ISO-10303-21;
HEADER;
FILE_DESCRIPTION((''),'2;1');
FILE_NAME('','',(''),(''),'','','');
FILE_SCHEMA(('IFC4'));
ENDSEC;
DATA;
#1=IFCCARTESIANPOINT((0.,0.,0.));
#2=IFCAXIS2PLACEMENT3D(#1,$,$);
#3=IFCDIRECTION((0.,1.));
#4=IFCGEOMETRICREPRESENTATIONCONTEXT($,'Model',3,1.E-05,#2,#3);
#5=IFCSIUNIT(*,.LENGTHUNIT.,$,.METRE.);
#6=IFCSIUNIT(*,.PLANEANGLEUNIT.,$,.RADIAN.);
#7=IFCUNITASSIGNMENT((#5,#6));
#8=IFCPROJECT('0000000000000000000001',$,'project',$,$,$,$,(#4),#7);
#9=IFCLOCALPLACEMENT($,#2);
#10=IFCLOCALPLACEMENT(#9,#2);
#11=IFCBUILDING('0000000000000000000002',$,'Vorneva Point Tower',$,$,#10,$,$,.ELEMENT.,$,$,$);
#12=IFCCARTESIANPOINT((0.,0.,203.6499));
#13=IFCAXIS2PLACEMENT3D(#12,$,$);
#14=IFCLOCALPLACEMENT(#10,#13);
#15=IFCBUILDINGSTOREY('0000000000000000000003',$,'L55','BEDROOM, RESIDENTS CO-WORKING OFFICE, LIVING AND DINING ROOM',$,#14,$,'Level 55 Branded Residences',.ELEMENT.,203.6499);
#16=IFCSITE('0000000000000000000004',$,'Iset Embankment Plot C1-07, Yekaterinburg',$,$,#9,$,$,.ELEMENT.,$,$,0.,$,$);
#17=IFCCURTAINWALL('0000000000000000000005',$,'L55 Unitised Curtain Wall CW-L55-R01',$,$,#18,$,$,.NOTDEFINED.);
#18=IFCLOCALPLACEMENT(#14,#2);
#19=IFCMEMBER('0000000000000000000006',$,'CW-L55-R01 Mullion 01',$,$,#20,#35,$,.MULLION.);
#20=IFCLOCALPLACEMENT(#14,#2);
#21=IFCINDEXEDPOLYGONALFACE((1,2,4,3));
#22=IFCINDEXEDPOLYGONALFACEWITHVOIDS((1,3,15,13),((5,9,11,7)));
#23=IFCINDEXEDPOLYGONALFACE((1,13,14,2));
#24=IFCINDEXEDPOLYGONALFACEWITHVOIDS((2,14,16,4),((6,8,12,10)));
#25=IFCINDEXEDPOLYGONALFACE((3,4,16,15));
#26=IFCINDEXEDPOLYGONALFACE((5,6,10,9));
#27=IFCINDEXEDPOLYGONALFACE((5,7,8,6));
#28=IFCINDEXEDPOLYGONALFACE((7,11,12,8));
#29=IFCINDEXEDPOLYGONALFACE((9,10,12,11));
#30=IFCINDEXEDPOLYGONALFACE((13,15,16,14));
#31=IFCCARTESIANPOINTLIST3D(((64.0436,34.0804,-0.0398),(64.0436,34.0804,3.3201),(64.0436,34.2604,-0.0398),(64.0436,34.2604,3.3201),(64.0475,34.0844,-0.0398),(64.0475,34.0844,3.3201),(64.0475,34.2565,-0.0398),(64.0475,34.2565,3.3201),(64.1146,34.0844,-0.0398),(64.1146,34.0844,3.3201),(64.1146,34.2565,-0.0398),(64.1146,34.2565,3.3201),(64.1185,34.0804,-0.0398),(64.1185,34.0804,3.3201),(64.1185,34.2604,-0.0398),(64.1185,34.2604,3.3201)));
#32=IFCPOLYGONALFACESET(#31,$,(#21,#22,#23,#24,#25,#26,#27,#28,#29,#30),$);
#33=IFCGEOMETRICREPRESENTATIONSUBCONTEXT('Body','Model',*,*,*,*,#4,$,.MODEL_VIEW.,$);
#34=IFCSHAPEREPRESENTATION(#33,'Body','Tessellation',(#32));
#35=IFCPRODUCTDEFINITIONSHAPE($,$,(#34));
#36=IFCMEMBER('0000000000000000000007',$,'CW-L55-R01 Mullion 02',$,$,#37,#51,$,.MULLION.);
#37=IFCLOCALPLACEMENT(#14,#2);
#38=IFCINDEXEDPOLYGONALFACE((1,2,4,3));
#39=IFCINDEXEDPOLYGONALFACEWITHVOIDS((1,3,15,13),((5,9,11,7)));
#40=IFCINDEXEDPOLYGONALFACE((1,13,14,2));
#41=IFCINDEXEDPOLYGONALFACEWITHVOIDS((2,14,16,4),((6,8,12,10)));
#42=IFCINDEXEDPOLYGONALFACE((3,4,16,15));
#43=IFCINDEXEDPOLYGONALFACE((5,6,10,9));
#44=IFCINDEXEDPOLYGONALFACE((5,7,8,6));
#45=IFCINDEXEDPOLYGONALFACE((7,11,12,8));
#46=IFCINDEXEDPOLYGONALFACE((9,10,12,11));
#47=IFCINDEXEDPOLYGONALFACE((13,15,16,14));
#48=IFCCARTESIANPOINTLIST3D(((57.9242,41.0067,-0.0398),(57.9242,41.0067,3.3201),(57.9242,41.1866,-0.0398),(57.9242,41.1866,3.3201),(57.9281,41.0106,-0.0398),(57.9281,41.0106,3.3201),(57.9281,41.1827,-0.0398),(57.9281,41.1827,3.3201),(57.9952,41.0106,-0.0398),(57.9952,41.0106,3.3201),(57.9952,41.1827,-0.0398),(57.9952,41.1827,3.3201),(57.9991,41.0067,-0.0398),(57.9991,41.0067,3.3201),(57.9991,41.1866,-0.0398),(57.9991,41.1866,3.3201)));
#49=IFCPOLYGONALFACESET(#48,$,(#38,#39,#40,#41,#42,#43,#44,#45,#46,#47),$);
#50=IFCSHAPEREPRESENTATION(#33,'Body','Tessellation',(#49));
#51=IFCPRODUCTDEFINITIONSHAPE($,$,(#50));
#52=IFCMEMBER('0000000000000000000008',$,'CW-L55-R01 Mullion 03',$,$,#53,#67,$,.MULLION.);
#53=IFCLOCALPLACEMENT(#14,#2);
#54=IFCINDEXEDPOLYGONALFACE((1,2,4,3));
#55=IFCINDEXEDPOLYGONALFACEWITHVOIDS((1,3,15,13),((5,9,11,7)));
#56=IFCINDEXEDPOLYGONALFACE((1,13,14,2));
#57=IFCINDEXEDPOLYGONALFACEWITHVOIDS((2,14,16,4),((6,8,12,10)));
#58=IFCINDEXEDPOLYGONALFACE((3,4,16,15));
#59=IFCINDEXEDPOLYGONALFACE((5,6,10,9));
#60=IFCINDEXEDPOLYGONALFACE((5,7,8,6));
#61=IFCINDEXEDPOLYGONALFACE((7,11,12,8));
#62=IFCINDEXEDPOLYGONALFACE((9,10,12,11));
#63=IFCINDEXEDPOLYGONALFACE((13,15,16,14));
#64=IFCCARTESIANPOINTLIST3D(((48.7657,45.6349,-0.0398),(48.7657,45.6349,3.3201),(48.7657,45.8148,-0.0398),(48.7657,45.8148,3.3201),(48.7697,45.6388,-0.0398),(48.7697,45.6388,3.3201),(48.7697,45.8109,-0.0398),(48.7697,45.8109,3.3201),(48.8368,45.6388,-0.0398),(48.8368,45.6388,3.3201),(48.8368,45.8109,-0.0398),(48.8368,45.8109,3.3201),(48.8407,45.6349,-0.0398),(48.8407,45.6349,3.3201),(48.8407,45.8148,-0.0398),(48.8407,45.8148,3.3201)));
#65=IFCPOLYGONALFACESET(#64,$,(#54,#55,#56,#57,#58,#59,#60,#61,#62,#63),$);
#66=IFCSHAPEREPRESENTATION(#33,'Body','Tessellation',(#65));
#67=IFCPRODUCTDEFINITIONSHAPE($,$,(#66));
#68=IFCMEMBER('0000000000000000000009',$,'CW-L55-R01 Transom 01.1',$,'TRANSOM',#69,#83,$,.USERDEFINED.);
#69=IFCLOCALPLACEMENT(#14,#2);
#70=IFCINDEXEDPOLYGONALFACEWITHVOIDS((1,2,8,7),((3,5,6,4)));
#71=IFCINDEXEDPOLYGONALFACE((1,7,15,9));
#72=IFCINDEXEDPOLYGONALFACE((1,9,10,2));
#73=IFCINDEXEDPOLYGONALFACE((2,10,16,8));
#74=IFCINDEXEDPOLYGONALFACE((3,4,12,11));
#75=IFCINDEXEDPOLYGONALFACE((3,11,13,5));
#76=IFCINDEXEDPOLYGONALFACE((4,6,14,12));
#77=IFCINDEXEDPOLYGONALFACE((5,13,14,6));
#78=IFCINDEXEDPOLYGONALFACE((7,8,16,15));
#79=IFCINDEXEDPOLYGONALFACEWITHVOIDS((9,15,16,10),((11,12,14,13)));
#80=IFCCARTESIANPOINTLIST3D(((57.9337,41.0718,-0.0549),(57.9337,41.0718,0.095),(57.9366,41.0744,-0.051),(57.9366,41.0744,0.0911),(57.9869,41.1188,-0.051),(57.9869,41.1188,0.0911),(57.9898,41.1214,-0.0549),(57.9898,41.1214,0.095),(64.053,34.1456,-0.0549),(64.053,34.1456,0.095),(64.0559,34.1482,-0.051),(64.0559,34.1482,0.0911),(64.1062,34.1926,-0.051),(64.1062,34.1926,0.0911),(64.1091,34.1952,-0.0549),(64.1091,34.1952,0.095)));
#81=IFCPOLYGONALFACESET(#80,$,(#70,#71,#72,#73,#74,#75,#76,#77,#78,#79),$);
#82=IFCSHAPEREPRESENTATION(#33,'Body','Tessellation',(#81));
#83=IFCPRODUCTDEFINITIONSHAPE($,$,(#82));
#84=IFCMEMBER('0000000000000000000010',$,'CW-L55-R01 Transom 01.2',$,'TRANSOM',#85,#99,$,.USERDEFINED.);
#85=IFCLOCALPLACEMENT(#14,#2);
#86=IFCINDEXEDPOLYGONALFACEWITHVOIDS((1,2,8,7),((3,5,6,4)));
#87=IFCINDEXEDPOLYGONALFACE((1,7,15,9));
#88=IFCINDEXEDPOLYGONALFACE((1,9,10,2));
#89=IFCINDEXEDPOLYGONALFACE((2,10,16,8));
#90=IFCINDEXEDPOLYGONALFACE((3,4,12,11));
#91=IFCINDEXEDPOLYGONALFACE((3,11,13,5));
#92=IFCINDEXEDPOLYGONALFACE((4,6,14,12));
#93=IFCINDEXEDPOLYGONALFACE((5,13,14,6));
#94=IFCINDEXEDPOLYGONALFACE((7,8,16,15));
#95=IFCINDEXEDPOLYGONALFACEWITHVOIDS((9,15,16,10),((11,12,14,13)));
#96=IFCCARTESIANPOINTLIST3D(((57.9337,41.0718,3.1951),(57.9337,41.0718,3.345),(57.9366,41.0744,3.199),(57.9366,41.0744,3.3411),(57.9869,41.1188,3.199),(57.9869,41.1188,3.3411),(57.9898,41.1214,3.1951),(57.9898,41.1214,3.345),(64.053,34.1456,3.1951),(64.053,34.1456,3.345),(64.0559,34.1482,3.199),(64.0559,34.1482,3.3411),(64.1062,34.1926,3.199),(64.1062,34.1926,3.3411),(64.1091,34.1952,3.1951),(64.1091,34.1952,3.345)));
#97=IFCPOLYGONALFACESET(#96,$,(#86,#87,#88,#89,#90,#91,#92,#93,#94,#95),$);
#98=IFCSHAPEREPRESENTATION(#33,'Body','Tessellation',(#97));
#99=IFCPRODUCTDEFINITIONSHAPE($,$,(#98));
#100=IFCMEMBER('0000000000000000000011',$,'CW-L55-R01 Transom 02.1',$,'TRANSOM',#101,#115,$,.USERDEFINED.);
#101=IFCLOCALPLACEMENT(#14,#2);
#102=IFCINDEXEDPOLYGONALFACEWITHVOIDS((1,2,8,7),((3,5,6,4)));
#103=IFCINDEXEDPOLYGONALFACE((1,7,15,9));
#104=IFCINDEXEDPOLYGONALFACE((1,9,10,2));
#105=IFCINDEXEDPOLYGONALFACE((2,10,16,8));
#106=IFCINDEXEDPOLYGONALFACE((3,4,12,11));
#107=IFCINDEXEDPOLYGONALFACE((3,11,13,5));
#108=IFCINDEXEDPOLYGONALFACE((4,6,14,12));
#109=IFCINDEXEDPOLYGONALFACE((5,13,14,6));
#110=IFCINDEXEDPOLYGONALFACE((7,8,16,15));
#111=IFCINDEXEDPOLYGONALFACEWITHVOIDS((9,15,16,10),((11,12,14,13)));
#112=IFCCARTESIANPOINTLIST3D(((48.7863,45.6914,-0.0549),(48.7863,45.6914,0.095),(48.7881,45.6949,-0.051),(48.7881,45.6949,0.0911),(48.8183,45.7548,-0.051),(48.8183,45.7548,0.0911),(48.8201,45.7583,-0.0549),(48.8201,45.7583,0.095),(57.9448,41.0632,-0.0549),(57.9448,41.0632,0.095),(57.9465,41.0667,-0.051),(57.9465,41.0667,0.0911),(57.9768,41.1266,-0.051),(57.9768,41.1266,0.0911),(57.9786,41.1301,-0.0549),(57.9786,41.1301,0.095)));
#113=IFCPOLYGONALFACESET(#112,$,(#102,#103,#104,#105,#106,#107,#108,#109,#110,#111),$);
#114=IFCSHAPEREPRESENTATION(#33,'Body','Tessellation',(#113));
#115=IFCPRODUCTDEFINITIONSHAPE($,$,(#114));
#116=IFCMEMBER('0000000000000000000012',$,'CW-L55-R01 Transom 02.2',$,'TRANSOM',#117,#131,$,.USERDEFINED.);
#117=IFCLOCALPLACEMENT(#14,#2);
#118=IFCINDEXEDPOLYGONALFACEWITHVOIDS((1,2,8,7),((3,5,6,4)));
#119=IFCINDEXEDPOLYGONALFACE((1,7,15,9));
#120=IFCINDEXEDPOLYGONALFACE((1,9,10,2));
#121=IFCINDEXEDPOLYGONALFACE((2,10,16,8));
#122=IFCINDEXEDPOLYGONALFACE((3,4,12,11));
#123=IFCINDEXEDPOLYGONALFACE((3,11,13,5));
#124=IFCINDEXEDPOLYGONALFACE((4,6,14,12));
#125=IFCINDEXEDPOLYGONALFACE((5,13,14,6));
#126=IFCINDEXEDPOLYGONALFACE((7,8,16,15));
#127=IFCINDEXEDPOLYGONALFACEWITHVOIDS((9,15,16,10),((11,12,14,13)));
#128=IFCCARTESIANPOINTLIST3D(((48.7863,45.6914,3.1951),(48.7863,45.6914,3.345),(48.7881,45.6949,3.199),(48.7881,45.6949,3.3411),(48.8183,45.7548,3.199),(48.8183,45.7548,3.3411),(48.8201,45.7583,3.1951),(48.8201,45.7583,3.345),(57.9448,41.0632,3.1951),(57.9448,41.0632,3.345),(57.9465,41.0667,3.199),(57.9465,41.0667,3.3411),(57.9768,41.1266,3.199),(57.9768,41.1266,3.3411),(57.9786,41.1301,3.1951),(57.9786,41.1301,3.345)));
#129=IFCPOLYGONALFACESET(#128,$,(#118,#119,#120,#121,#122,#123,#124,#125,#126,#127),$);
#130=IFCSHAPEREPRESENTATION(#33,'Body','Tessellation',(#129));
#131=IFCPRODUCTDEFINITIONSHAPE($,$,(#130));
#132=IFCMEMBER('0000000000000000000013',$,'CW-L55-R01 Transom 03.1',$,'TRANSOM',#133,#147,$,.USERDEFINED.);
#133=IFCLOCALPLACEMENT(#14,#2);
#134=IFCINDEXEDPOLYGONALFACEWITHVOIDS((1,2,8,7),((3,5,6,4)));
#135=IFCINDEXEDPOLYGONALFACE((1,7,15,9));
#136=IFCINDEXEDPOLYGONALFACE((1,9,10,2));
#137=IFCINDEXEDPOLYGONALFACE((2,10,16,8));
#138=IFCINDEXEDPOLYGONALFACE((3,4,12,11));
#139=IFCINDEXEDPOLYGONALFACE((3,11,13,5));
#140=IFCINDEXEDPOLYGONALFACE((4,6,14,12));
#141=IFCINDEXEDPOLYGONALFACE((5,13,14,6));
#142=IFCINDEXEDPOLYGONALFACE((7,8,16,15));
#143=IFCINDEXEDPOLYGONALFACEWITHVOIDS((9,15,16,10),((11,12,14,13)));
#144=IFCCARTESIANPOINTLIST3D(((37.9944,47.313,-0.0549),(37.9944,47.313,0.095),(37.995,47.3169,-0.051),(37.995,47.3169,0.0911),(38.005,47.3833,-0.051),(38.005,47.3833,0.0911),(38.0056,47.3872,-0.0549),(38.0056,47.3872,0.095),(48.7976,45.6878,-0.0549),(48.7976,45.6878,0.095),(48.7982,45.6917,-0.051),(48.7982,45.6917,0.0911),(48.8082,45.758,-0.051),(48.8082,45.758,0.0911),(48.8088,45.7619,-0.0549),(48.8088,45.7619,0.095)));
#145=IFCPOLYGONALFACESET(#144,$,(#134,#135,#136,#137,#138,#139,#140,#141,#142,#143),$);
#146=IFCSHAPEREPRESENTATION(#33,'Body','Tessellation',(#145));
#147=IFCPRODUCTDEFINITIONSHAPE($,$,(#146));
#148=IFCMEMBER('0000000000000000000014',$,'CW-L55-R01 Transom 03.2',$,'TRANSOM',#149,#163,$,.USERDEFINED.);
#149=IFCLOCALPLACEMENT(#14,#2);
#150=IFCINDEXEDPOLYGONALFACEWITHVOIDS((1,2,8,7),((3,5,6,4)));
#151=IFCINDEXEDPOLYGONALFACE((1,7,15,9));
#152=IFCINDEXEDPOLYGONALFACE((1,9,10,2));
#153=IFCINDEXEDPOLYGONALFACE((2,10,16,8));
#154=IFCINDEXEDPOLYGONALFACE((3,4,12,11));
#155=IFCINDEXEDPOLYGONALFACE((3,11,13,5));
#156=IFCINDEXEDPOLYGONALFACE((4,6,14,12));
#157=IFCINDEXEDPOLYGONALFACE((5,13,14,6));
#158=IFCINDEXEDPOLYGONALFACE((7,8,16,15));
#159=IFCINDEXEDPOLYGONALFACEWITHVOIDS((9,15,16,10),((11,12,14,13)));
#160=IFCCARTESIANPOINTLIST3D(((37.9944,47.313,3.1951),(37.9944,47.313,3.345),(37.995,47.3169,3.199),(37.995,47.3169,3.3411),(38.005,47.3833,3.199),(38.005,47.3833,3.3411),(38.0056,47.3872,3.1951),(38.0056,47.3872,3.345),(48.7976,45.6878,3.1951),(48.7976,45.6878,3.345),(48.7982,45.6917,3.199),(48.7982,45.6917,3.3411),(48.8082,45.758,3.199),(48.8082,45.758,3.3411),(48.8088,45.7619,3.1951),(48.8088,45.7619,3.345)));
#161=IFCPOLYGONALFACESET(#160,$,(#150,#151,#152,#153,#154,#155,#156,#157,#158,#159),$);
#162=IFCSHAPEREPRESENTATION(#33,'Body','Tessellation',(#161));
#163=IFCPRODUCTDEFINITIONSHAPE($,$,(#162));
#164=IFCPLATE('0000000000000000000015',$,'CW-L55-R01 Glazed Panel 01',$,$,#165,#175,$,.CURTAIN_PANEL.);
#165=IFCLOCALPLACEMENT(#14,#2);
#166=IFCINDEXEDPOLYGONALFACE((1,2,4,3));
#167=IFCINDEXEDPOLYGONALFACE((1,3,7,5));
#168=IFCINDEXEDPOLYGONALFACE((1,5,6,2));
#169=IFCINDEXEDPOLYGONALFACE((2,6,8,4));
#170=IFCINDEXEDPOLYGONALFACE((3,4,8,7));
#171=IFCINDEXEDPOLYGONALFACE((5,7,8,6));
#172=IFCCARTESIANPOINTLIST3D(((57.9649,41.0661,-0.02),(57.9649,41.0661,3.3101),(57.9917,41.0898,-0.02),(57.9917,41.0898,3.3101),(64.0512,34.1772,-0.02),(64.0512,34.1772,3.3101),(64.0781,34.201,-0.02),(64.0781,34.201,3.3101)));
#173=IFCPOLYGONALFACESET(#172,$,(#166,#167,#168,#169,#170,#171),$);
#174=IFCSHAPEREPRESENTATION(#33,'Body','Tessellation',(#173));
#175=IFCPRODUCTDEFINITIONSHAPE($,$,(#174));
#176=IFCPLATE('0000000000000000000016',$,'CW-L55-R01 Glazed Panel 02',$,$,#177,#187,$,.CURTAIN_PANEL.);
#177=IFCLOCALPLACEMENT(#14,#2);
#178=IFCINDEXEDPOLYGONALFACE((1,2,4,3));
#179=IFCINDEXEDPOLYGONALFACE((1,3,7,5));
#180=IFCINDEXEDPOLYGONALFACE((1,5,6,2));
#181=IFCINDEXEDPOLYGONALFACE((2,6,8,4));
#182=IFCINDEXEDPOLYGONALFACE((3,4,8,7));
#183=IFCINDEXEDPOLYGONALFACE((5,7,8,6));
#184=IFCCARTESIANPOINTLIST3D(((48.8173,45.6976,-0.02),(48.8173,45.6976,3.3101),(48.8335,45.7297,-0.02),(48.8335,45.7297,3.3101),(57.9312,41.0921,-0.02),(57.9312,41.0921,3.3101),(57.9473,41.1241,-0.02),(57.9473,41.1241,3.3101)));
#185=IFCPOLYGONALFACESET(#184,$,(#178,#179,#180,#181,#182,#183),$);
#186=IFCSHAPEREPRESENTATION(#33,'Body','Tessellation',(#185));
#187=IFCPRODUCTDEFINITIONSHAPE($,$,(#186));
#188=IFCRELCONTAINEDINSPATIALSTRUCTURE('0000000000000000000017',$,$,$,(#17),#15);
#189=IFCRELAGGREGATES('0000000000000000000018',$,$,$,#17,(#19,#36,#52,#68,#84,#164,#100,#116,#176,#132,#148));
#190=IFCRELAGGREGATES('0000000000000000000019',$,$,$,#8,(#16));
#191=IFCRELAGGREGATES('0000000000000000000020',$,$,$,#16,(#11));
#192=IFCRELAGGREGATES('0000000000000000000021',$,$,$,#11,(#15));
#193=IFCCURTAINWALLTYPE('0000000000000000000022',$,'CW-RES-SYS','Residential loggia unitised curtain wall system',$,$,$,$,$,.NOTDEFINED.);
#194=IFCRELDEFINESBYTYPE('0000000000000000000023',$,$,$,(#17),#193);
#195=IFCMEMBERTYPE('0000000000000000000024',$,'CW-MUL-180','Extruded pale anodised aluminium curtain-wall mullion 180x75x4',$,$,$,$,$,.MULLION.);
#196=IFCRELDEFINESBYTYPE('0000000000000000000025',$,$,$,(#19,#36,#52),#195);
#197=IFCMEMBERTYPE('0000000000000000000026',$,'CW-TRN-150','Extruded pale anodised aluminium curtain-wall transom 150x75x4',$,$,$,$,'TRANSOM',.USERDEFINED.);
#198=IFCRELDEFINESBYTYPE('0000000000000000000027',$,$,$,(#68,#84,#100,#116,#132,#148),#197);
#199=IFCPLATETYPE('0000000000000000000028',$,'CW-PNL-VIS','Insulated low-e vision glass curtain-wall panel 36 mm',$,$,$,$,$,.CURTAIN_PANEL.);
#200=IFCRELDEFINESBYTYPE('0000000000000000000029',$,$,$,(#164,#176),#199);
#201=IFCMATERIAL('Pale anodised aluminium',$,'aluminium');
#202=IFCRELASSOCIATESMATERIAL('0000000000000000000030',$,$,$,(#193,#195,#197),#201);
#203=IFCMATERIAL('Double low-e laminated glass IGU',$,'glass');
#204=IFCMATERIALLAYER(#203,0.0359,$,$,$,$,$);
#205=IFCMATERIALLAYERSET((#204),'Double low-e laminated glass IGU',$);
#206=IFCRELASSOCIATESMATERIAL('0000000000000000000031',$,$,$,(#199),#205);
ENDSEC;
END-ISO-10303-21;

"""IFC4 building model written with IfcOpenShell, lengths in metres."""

from ifc_helpers import new_model, si_unit, direction, frame, origin, origin_2d, place, context, subcontext, project, spatial, rectangle, hollow_rectangle, extrude, material, layer, layer_set, material_profile, profile_set, type_object, element, aggregate, save


model = new_model("IFC4")

# Units and contexts
model_context = context("Model", 3, precision=1e-05, world=origin(), true_north=direction((0.0, 1.0)))
body_context = subcontext(model_context, "Body", "Model", "MODEL_VIEW")
ifc_project = project(units=[si_unit("LENGTHUNIT", "METRE"), si_unit("PLANEANGLEUNIT", "RADIAN")], contexts=[model_context])

# Site, building, storey
site_placement = place(None, origin())
site = spatial("IfcSite", under=ifc_project, at=site_placement, Name="Iset Embankment Plot C1-07, Yekaterinburg", CompositionType="ELEMENT", RefElevation=0.0)
building_placement = place(site_placement, origin())
building = spatial("IfcBuilding", under=site, at=building_placement, Name="Vorneva Point Tower", CompositionType="ELEMENT")
storey_placement = place(building_placement, frame((0.0, 0.0, 203.6499)))
storey = spatial("IfcBuildingStorey", under=building, at=storey_placement, Name="L55", Description="BEDROOM, RESIDENTS CO-WORKING OFFICE, LIVING AND DINING ROOM", LongName="Level 55 Branded Residences", CompositionType="ELEMENT", Elevation=203.6499)

# Curtain wall, members, plates
ifc_material_1 = material(Name="Pale anodised aluminium", Category="aluminium")
curtain_wall_type = type_object("IfcCurtainWallType", Name="CW-RES-SYS", Description="Residential loggia unitised curtain wall system", PredefinedType="NOTDEFINED", material=ifc_material_1)
curtain_wall_placement = place(storey_placement, origin())
curtain_wall = element("IfcCurtainWall", 1, at=curtain_wall_placement, inside=storey, type_object=curtain_wall_type, Name="L55 Unitised Curtain Wall CW-L55-R01", PredefinedType="NOTDEFINED")
ifc_material_profile_1 = material_profile(ifc_material_1, hollow_rectangle(XDim=0.075, YDim=0.1799, WallThickness=0.0039, at=origin_2d()), Name="AL-MUL 180x75x4")
ifc_profile_set_1 = profile_set([ifc_material_profile_1], Name="Pale anodised aluminium")
member_type_1 = type_object("IfcMemberType", Name="CW-MUL-180", Description="Extruded pale anodised aluminium curtain-wall mullion 180x75x4", PredefinedType="MULLION", material=ifc_profile_set_1)
member_1_placement = place(storey_placement, frame((64.0811, 34.1704, -0.0398), z_axis=(0.0, 0.0, 1.0), x_axis=(1.0, 0.0, 0.0)))
member_1 = element("IfcMember", 2, at=member_1_placement, type_object=member_type_1, Name="CW-L55-R01 Mullion 01", PredefinedType="MULLION", context=body_context, shape_type="SweptSolid", body=[
    extrude(hollow_rectangle(XDim=0.075, YDim=0.1799, WallThickness=0.0039, at=origin_2d()), origin(), (0.0, 0.0, 1.0), 3.3599),
])
member_2_placement = place(storey_placement, frame((57.9617, 41.0967, -0.0398), z_axis=(0.0, 0.0, 1.0), x_axis=(1.0, 0.0, 0.0)))
member_2 = element("IfcMember", 3, at=member_2_placement, type_object=member_type_1, Name="CW-L55-R01 Mullion 02", PredefinedType="MULLION", context=body_context, shape_type="SweptSolid", body=[
    extrude(hollow_rectangle(XDim=0.075, YDim=0.1799, WallThickness=0.0039, at=origin_2d()), origin(), (0.0, 0.0, 1.0), 3.3599),
])
member_3_placement = place(storey_placement, frame((48.8032, 45.7249, -0.0398), z_axis=(0.0, 0.0, 1.0), x_axis=(1.0, 0.0, 0.0)))
member_3 = element("IfcMember", 4, at=member_3_placement, type_object=member_type_1, Name="CW-L55-R01 Mullion 03", PredefinedType="MULLION", context=body_context, shape_type="SweptSolid", body=[
    extrude(hollow_rectangle(XDim=0.075, YDim=0.1799, WallThickness=0.0039, at=origin_2d()), origin(), (0.0, 0.0, 1.0), 3.3599),
])
ifc_material_profile_2 = material_profile(ifc_material_1, hollow_rectangle(XDim=0.075, YDim=0.1499, WallThickness=0.0039, at=origin_2d()), Name="AL-TRN 150x75x4")
ifc_profile_set_2 = profile_set([ifc_material_profile_2], Name="Pale anodised aluminium")
member_type_2 = type_object("IfcMemberType", Name="CW-TRN-150", Description="Extruded pale anodised aluminium curtain-wall transom 150x75x4", ElementType="TRANSOM", PredefinedType="USERDEFINED", material=ifc_profile_set_2)
member_4_placement = place(storey_placement, frame((64.0811, 34.1704, 0.02), z_axis=(-0.662106, 0.74941, 0.0), x_axis=(-0.74941, -0.662106, 0.0)))
member_4 = element("IfcMember", 5, at=member_4_placement, type_object=member_type_2, Name="CW-L55-R01 Transom 01.1", ObjectType="TRANSOM", PredefinedType="USERDEFINED", context=body_context, shape_type="SweptSolid", body=[
    extrude(hollow_rectangle(XDim=0.075, YDim=0.1499, WallThickness=0.0039, at=origin_2d()), origin(), (0.0, 0.0, 1.0), 9.2422),
])
member_5_placement = place(storey_placement, frame((64.0811, 34.1704, 3.27), z_axis=(-0.662106, 0.74941, 0.0), x_axis=(-0.74941, -0.662106, 0.0)))
member_5 = element("IfcMember", 6, at=member_5_placement, type_object=member_type_2, Name="CW-L55-R01 Transom 01.2", ObjectType="TRANSOM", PredefinedType="USERDEFINED", context=body_context, shape_type="SweptSolid", body=[
    extrude(hollow_rectangle(XDim=0.075, YDim=0.1499, WallThickness=0.0039, at=origin_2d()), origin(), (0.0, 0.0, 1.0), 9.2422),
])
member_6_placement = place(storey_placement, frame((57.9617, 41.0967, 0.02), z_axis=(-0.892511, 0.451026, 0.0), x_axis=(-0.451026, -0.892511, 0.0)))
member_6 = element("IfcMember", 7, at=member_6_placement, type_object=member_type_2, Name="CW-L55-R01 Transom 02.1", ObjectType="TRANSOM", PredefinedType="USERDEFINED", context=body_context, shape_type="SweptSolid", body=[
    extrude(hollow_rectangle(XDim=0.075, YDim=0.1499, WallThickness=0.0039, at=origin_2d()), origin(), (0.0, 0.0, 1.0), 10.2615),
])
member_7_placement = place(storey_placement, frame((57.9617, 41.0967, 3.27), z_axis=(-0.892511, 0.451026, 0.0), x_axis=(-0.451026, -0.892511, 0.0)))
member_7 = element("IfcMember", 8, at=member_7_placement, type_object=member_type_2, Name="CW-L55-R01 Transom 02.2", ObjectType="TRANSOM", PredefinedType="USERDEFINED", context=body_context, shape_type="SweptSolid", body=[
    extrude(hollow_rectangle(XDim=0.075, YDim=0.1499, WallThickness=0.0039, at=origin_2d()), origin(), (0.0, 0.0, 1.0), 10.2615),
])
member_8_placement = place(storey_placement, frame((48.8032, 45.7249, 0.02), z_axis=(-0.988872, 0.148767, 0.0), x_axis=(-0.148767, -0.988872, 0.0)))
member_8 = element("IfcMember", 9, at=member_8_placement, type_object=member_type_2, Name="CW-L55-R01 Transom 03.1", ObjectType="TRANSOM", PredefinedType="USERDEFINED", context=body_context, shape_type="SweptSolid", body=[
    extrude(hollow_rectangle(XDim=0.075, YDim=0.1499, WallThickness=0.0039, at=origin_2d()), origin(), (0.0, 0.0, 1.0), 10.9248),
])
member_9_placement = place(storey_placement, frame((48.8032, 45.7249, 3.27), z_axis=(-0.988872, 0.148767, 0.0), x_axis=(-0.148767, -0.988872, 0.0)))
member_9 = element("IfcMember", 10, at=member_9_placement, type_object=member_type_2, Name="CW-L55-R01 Transom 03.2", ObjectType="TRANSOM", PredefinedType="USERDEFINED", context=body_context, shape_type="SweptSolid", body=[
    extrude(hollow_rectangle(XDim=0.075, YDim=0.1499, WallThickness=0.0039, at=origin_2d()), origin(), (0.0, 0.0, 1.0), 10.9248),
])
ifc_material_2 = material(Name="Double low-e laminated glass IGU", Category="glass")
ifc_layer_1 = layer(ifc_material_2, 0.0359)
ifc_layer_set_1 = layer_set([ifc_layer_1], Name="Double low-e laminated glass IGU")
plate_type = type_object("IfcPlateType", Name="CW-PNL-VIS", Description="Insulated low-e vision glass curtain-wall panel 36 mm", PredefinedType="CURTAIN_PANEL", material=ifc_layer_set_1)
plate_1_placement = place(storey_placement, frame((61.0215, 37.6335, -0.02), z_axis=(0.0, 0.0, 1.0), x_axis=(-0.66211, 0.749407, 0.0)))
plate_1 = element("IfcPlate", 11, at=plate_1_placement, type_object=plate_type, Name="CW-L55-R01 Glazed Panel 01", PredefinedType="CURTAIN_PANEL", context=body_context, shape_type="SweptSolid", body=[
    extrude(rectangle(XDim=9.1924, YDim=0.0359, at=origin_2d()), origin(), (0.0, 0.0, 1.0), 3.3301),
])
plate_2_placement = place(storey_placement, frame((53.3823, 43.4109, -0.02), z_axis=(0.0, 0.0, 1.0), x_axis=(-0.892515, 0.451018, 0.0)))
plate_2 = element("IfcPlate", 12, at=plate_2_placement, type_object=plate_type, Name="CW-L55-R01 Glazed Panel 02", PredefinedType="CURTAIN_PANEL", context=body_context, shape_type="SweptSolid", body=[
    extrude(rectangle(XDim=10.2114, YDim=0.0359, at=origin_2d()), origin(), (0.0, 0.0, 1.0), 3.3301),
])
aggregate(curtain_wall, [member_1, member_2, member_3, member_4, member_5, plate_1, member_6, member_7, plate_2, member_8, member_9])

save(model, "model.ifc")
